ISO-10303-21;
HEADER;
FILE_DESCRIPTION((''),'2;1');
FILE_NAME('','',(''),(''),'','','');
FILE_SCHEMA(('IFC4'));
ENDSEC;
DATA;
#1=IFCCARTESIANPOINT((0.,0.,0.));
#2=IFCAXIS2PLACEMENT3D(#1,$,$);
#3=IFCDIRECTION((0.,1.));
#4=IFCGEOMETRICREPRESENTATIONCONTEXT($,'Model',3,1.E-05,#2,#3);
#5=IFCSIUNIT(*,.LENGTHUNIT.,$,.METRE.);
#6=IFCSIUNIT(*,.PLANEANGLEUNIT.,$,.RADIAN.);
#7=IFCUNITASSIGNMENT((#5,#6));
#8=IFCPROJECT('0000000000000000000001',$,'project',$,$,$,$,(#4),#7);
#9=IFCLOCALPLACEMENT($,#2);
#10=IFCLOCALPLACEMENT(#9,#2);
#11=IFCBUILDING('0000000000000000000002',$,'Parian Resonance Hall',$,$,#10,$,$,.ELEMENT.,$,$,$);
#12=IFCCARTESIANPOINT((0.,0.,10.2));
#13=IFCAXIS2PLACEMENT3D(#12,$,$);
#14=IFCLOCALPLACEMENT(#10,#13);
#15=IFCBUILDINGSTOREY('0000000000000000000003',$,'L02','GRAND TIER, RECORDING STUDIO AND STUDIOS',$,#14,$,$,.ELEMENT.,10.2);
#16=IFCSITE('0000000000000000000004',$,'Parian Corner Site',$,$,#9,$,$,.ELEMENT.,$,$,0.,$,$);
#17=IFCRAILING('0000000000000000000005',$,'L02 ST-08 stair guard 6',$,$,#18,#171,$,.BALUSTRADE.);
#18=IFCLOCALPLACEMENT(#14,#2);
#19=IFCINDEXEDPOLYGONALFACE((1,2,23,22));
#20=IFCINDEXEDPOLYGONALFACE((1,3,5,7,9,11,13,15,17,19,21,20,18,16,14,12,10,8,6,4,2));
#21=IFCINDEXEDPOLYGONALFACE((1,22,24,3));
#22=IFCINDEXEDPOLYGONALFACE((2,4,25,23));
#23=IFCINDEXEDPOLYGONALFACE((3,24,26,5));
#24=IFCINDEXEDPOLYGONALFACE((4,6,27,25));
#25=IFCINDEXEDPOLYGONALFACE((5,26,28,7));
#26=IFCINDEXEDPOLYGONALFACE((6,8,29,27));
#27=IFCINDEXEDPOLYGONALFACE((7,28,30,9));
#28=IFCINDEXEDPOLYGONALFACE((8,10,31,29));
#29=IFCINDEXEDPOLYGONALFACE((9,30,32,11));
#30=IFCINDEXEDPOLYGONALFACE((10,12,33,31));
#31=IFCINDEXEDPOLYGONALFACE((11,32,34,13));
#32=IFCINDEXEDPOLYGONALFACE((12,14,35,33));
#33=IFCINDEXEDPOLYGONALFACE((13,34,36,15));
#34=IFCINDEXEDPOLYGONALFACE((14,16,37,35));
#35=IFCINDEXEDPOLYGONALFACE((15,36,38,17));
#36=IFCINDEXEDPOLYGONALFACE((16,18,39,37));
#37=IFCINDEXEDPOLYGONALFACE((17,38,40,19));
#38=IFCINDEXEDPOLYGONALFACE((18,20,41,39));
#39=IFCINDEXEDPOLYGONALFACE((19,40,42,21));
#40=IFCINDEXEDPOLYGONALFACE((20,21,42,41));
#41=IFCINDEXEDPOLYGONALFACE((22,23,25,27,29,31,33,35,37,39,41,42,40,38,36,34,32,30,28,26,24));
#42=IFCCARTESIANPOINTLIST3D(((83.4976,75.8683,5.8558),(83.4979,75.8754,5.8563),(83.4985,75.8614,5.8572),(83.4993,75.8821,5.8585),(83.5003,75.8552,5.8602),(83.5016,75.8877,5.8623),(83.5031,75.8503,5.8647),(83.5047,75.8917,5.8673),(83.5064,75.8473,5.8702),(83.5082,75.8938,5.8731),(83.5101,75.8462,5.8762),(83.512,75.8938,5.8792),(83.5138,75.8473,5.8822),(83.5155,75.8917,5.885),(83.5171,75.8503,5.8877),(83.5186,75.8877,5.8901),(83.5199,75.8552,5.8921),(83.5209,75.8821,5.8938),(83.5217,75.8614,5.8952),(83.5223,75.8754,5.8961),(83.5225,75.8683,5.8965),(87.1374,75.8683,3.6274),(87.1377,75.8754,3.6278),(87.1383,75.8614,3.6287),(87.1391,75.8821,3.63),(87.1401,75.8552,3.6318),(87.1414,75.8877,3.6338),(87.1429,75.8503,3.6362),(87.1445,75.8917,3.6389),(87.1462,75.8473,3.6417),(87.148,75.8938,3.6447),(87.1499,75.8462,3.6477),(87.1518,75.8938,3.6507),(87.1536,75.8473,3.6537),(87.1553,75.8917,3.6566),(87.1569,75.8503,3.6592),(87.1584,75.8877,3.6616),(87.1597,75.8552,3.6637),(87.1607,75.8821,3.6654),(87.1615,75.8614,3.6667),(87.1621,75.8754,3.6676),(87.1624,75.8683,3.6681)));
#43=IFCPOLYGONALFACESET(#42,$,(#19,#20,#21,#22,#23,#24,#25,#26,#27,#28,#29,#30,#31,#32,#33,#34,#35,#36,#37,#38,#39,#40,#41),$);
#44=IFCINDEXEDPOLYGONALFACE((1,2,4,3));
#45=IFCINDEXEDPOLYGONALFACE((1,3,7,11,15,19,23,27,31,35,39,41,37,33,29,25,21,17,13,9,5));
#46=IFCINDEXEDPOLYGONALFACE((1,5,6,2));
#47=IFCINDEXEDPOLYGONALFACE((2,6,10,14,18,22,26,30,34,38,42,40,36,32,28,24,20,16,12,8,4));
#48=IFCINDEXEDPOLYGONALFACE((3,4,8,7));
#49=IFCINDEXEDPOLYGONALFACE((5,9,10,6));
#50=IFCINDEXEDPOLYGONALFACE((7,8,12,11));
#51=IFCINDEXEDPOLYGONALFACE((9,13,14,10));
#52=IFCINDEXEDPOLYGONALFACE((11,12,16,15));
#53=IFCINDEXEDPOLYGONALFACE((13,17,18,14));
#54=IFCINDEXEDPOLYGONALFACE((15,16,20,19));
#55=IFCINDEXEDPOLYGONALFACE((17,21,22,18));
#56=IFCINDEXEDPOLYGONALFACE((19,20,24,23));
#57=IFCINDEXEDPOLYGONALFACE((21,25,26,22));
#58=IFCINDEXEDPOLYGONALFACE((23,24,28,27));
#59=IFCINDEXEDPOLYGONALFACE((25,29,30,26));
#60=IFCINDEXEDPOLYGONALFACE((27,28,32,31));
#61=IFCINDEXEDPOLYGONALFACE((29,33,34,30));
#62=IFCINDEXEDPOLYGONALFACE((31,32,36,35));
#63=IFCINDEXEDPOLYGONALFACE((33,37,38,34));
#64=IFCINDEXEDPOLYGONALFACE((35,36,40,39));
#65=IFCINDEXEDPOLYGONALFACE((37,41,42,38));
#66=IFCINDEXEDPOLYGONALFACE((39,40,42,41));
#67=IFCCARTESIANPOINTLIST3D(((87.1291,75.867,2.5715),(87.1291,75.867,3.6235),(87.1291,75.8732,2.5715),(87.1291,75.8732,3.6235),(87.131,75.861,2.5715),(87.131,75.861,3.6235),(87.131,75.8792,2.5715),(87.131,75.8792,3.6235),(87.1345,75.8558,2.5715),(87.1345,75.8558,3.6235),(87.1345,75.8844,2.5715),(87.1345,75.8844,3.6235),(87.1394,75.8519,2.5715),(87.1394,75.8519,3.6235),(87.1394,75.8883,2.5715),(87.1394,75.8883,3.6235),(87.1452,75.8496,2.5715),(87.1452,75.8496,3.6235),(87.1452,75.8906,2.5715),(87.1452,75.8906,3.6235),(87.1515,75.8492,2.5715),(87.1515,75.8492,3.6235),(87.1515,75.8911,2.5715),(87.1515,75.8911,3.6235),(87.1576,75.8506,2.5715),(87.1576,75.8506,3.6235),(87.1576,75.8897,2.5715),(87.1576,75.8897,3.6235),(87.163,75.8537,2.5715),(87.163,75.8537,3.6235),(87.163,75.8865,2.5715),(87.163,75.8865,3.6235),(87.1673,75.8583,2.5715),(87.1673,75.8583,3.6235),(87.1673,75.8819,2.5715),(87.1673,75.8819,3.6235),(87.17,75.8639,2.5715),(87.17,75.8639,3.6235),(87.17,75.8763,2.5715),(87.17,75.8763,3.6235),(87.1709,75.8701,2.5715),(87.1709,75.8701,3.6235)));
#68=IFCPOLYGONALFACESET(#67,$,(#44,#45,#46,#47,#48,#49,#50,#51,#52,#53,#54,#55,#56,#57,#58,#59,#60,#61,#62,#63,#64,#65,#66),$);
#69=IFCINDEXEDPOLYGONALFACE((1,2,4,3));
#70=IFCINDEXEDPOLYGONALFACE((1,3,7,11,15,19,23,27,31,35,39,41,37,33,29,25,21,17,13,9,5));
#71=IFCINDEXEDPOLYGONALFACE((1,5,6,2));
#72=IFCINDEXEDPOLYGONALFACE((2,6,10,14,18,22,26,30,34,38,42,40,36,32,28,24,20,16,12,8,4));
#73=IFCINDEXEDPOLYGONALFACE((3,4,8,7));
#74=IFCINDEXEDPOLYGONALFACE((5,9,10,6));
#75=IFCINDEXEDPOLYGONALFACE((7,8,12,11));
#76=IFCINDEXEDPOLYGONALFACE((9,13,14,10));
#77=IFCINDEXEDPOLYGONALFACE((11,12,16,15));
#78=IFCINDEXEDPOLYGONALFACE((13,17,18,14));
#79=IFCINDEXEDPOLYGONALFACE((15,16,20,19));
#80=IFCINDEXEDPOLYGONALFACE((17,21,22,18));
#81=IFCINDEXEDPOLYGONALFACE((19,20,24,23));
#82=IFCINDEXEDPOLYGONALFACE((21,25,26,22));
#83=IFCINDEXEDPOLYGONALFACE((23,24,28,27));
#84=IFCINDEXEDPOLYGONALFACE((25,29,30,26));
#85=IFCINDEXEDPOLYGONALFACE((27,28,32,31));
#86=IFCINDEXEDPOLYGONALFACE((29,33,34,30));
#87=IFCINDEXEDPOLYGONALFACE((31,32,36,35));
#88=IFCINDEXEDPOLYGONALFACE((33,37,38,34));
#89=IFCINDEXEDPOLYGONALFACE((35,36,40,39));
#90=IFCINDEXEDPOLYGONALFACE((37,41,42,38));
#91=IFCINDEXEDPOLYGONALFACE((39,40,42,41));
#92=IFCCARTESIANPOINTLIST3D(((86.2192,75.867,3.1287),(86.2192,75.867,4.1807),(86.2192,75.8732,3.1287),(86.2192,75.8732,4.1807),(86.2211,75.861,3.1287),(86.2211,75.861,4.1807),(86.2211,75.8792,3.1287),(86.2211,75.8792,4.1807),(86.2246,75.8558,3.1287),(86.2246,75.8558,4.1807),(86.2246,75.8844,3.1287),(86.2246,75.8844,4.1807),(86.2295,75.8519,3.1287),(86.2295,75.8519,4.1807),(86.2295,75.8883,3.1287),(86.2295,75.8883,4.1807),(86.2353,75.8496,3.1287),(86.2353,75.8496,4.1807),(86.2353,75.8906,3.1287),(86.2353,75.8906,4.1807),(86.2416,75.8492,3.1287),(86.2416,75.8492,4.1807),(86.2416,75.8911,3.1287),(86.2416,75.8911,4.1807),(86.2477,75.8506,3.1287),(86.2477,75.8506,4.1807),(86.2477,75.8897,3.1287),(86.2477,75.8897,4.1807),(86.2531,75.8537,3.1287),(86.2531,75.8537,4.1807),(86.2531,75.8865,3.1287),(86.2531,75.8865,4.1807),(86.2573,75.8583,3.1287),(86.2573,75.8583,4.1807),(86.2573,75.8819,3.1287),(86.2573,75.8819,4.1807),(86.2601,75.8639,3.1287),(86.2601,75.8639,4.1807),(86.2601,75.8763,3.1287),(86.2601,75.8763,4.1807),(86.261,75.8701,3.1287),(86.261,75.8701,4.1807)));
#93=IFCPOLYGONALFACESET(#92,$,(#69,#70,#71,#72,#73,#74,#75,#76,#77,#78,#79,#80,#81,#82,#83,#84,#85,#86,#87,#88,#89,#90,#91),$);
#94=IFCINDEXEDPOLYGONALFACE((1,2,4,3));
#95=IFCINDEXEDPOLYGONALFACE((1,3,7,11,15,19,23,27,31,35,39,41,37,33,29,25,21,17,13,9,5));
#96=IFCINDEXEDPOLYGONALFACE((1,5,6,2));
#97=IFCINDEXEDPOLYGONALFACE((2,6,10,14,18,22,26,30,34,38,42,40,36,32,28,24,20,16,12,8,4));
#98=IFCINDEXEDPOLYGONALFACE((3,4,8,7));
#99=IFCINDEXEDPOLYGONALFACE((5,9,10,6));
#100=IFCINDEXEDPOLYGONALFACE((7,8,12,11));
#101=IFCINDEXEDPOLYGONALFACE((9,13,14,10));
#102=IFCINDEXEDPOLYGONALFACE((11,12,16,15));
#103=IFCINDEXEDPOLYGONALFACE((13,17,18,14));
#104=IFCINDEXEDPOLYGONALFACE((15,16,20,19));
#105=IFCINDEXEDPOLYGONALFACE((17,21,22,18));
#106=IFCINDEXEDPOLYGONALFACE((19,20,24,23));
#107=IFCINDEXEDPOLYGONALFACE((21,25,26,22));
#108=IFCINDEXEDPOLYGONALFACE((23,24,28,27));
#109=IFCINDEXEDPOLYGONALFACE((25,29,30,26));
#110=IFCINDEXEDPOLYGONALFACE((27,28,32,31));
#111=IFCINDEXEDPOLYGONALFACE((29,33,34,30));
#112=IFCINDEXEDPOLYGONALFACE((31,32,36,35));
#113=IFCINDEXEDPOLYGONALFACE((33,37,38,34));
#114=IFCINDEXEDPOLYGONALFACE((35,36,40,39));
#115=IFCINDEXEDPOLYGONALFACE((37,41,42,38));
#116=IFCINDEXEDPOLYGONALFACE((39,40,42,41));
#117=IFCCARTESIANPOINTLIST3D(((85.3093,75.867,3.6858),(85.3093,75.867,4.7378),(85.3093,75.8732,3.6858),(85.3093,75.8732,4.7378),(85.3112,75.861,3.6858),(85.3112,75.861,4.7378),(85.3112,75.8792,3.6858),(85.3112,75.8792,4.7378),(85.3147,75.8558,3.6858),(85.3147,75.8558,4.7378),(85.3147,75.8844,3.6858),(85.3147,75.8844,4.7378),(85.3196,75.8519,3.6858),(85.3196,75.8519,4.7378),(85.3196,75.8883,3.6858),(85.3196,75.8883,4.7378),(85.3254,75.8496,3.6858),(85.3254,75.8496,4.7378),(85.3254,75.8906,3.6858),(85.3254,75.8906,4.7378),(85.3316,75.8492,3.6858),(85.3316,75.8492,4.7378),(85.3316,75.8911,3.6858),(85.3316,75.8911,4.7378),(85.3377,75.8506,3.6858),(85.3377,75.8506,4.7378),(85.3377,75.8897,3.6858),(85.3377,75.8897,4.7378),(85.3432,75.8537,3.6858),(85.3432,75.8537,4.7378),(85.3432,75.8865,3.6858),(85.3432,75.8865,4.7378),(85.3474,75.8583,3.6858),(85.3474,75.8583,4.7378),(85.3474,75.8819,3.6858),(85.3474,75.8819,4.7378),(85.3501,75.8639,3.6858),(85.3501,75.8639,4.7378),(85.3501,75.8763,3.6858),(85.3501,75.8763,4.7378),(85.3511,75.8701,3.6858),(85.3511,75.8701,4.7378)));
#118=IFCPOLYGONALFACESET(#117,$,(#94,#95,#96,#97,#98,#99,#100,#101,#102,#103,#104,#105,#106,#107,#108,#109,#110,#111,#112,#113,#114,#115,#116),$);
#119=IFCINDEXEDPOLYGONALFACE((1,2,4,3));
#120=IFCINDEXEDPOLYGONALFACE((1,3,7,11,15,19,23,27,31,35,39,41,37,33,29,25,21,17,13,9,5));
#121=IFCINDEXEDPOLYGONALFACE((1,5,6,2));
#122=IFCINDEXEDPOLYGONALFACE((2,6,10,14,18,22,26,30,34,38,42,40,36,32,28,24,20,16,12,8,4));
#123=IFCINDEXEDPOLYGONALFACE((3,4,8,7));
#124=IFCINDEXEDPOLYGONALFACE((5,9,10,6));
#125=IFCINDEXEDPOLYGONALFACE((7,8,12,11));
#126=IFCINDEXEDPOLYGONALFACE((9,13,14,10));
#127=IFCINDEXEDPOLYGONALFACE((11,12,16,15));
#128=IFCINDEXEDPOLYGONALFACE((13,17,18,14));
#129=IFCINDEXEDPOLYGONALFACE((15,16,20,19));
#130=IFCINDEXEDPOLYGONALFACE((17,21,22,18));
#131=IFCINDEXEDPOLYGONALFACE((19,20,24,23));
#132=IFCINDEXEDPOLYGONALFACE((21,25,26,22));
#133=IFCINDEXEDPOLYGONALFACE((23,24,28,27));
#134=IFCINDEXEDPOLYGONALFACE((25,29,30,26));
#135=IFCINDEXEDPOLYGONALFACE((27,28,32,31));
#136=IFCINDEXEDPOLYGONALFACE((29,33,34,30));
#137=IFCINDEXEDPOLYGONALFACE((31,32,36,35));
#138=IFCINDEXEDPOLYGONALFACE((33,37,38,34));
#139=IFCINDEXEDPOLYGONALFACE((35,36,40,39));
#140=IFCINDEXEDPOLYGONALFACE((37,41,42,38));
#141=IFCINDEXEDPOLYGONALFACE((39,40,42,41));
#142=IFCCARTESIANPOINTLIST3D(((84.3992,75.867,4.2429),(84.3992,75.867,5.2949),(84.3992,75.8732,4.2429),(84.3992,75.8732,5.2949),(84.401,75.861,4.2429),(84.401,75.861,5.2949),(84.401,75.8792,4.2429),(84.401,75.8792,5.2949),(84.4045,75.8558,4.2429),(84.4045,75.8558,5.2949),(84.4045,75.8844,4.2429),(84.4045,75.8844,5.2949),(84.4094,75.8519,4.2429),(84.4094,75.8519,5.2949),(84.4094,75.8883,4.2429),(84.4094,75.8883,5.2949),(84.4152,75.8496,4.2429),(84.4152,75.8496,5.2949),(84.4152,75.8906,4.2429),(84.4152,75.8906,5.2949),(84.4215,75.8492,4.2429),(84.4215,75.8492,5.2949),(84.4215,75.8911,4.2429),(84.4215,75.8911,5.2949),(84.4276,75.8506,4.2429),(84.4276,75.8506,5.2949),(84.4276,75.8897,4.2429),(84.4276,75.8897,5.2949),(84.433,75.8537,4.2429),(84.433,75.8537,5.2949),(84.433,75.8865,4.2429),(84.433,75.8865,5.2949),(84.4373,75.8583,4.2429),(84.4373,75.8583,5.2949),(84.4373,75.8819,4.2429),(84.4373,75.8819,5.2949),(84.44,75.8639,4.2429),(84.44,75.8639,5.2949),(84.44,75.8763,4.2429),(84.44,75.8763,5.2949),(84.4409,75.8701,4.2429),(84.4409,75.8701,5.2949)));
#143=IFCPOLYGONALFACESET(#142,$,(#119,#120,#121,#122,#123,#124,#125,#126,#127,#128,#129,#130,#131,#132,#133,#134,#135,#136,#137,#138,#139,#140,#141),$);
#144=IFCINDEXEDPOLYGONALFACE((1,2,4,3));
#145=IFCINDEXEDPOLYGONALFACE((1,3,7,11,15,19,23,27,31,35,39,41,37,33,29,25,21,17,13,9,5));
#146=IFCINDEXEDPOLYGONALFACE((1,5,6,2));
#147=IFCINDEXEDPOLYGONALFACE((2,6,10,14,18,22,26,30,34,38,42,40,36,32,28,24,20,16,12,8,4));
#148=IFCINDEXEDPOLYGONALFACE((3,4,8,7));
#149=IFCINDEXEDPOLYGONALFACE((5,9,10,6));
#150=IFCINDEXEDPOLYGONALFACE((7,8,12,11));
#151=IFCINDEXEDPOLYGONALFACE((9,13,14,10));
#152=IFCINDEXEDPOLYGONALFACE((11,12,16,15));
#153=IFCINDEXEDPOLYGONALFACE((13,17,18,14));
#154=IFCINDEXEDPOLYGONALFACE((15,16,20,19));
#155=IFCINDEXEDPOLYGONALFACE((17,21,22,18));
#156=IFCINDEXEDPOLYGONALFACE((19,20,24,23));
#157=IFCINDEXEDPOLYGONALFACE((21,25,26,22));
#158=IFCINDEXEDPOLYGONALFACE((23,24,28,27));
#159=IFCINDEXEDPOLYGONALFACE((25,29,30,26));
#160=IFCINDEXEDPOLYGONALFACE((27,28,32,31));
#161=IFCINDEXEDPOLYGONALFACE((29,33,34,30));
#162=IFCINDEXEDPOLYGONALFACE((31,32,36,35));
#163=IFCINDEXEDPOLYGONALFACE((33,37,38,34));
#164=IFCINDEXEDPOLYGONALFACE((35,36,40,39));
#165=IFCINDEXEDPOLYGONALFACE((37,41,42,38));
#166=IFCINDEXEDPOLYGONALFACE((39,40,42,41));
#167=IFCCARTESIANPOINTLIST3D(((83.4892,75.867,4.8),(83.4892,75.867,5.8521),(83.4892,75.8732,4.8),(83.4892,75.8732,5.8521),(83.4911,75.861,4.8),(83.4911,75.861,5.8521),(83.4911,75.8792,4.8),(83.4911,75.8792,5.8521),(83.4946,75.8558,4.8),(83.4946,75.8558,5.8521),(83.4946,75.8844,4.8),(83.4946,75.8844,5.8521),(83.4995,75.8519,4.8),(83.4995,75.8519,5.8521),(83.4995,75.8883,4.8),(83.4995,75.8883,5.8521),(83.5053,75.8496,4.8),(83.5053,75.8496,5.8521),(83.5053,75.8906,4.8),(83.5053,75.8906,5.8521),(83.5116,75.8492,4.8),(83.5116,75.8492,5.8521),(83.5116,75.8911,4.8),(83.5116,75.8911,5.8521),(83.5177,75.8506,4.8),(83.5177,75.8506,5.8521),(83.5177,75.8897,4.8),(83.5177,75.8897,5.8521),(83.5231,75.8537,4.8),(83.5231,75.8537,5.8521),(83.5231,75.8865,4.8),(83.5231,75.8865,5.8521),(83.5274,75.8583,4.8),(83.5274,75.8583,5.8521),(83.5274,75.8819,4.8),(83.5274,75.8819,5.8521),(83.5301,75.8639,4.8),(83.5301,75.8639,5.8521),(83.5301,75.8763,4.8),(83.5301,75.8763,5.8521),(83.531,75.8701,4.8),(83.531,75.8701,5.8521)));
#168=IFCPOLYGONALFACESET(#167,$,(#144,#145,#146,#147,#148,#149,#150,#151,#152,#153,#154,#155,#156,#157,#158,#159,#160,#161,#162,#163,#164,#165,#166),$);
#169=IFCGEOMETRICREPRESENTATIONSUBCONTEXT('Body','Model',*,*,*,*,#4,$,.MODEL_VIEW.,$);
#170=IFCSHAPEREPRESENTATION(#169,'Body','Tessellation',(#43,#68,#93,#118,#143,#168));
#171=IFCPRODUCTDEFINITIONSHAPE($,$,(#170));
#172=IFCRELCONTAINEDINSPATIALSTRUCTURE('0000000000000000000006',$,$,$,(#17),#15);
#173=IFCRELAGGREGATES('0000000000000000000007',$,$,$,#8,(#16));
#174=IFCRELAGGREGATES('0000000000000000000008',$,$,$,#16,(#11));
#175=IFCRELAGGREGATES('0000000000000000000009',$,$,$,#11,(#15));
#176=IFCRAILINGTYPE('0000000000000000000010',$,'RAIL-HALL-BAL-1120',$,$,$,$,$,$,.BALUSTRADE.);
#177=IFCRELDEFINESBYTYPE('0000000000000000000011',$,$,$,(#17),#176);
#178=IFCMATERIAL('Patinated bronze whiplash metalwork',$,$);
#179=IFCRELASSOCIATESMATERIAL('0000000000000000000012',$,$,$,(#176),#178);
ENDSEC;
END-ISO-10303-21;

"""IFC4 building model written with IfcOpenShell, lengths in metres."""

from ifc_helpers import new_model, si_unit, direction, frame, origin, origin_2d, place, context, subcontext, project, spatial, circle, extrude, material, type_object, element, save


model = new_model("IFC4")

# Units and contexts
model_context = context("Model", 3, precision=1e-05, world=origin(), true_north=direction((0.0, 1.0)))
body_context = subcontext(model_context, "Body", "Model", "MODEL_VIEW")
ifc_project = project(units=[si_unit("LENGTHUNIT", "METRE"), si_unit("PLANEANGLEUNIT", "RADIAN")], contexts=[model_context])

# Site, building, storey
site_placement = place(None, origin())
site = spatial("IfcSite", under=ifc_project, at=site_placement, Name="Parian Corner Site", CompositionType="ELEMENT", RefElevation=0.0)
building_placement = place(site_placement, origin())
building = spatial("IfcBuilding", under=site, at=building_placement, Name="Parian Resonance Hall", CompositionType="ELEMENT")
storey_placement = place(building_placement, frame((0.0, 0.0, 10.2)))
storey = spatial("IfcBuildingStorey", under=building, at=storey_placement, Name="L02", Description="GRAND TIER, RECORDING STUDIO AND STUDIOS", CompositionType="ELEMENT", Elevation=10.2)

# Railing
ifc_material_1 = material(Name="Patinated bronze whiplash metalwork")
railing_type_1 = type_object("IfcRailingType", Name="RAIL-HALL-BAL-1120", PredefinedType="BALUSTRADE", material=ifc_material_1)
railing_1_placement = place(storey_placement, frame((87.1499, 75.8701, 2.5715)))
element("IfcRailing", 1, at=railing_1_placement, inside=storey, type_object=railing_type_1, Name="L02 ST-08 stair guard 6", PredefinedType="BALUSTRADE", context=body_context, shape_type="SweptSolid", body=[
    extrude(circle(Radius=0.0239, at=origin_2d()), frame((0.0, 0.0, 1.0762), z_axis=(-0.85285, 0.0, 0.522156), x_axis=(0.0, -1.0, 0.0)), (0.0, 0.0, 1.0), 4.2678),
    extrude(circle(Radius=0.021, at=origin_2d()), origin(), (0.0, 0.0, 1.0), 1.052),
    extrude(circle(Radius=0.021, at=origin_2d()), frame((-0.9099, 0.0, 0.5571)), (0.0, 0.0, 1.0), 1.052),
    extrude(circle(Radius=0.021, at=origin_2d()), frame((-1.8198, 0.0, 1.1143)), (0.0, 0.0, 1.0), 1.052),
    extrude(circle(Radius=0.021, at=origin_2d()), frame((-2.73, 0.0, 1.6714)), (0.0, 0.0, 1.0), 1.052),
    extrude(circle(Radius=0.021, at=origin_2d()), frame((-3.6399, 0.0, 2.2285)), (0.0, 0.0, 1.0), 1.052),
])

save(model, "model.ifc")
